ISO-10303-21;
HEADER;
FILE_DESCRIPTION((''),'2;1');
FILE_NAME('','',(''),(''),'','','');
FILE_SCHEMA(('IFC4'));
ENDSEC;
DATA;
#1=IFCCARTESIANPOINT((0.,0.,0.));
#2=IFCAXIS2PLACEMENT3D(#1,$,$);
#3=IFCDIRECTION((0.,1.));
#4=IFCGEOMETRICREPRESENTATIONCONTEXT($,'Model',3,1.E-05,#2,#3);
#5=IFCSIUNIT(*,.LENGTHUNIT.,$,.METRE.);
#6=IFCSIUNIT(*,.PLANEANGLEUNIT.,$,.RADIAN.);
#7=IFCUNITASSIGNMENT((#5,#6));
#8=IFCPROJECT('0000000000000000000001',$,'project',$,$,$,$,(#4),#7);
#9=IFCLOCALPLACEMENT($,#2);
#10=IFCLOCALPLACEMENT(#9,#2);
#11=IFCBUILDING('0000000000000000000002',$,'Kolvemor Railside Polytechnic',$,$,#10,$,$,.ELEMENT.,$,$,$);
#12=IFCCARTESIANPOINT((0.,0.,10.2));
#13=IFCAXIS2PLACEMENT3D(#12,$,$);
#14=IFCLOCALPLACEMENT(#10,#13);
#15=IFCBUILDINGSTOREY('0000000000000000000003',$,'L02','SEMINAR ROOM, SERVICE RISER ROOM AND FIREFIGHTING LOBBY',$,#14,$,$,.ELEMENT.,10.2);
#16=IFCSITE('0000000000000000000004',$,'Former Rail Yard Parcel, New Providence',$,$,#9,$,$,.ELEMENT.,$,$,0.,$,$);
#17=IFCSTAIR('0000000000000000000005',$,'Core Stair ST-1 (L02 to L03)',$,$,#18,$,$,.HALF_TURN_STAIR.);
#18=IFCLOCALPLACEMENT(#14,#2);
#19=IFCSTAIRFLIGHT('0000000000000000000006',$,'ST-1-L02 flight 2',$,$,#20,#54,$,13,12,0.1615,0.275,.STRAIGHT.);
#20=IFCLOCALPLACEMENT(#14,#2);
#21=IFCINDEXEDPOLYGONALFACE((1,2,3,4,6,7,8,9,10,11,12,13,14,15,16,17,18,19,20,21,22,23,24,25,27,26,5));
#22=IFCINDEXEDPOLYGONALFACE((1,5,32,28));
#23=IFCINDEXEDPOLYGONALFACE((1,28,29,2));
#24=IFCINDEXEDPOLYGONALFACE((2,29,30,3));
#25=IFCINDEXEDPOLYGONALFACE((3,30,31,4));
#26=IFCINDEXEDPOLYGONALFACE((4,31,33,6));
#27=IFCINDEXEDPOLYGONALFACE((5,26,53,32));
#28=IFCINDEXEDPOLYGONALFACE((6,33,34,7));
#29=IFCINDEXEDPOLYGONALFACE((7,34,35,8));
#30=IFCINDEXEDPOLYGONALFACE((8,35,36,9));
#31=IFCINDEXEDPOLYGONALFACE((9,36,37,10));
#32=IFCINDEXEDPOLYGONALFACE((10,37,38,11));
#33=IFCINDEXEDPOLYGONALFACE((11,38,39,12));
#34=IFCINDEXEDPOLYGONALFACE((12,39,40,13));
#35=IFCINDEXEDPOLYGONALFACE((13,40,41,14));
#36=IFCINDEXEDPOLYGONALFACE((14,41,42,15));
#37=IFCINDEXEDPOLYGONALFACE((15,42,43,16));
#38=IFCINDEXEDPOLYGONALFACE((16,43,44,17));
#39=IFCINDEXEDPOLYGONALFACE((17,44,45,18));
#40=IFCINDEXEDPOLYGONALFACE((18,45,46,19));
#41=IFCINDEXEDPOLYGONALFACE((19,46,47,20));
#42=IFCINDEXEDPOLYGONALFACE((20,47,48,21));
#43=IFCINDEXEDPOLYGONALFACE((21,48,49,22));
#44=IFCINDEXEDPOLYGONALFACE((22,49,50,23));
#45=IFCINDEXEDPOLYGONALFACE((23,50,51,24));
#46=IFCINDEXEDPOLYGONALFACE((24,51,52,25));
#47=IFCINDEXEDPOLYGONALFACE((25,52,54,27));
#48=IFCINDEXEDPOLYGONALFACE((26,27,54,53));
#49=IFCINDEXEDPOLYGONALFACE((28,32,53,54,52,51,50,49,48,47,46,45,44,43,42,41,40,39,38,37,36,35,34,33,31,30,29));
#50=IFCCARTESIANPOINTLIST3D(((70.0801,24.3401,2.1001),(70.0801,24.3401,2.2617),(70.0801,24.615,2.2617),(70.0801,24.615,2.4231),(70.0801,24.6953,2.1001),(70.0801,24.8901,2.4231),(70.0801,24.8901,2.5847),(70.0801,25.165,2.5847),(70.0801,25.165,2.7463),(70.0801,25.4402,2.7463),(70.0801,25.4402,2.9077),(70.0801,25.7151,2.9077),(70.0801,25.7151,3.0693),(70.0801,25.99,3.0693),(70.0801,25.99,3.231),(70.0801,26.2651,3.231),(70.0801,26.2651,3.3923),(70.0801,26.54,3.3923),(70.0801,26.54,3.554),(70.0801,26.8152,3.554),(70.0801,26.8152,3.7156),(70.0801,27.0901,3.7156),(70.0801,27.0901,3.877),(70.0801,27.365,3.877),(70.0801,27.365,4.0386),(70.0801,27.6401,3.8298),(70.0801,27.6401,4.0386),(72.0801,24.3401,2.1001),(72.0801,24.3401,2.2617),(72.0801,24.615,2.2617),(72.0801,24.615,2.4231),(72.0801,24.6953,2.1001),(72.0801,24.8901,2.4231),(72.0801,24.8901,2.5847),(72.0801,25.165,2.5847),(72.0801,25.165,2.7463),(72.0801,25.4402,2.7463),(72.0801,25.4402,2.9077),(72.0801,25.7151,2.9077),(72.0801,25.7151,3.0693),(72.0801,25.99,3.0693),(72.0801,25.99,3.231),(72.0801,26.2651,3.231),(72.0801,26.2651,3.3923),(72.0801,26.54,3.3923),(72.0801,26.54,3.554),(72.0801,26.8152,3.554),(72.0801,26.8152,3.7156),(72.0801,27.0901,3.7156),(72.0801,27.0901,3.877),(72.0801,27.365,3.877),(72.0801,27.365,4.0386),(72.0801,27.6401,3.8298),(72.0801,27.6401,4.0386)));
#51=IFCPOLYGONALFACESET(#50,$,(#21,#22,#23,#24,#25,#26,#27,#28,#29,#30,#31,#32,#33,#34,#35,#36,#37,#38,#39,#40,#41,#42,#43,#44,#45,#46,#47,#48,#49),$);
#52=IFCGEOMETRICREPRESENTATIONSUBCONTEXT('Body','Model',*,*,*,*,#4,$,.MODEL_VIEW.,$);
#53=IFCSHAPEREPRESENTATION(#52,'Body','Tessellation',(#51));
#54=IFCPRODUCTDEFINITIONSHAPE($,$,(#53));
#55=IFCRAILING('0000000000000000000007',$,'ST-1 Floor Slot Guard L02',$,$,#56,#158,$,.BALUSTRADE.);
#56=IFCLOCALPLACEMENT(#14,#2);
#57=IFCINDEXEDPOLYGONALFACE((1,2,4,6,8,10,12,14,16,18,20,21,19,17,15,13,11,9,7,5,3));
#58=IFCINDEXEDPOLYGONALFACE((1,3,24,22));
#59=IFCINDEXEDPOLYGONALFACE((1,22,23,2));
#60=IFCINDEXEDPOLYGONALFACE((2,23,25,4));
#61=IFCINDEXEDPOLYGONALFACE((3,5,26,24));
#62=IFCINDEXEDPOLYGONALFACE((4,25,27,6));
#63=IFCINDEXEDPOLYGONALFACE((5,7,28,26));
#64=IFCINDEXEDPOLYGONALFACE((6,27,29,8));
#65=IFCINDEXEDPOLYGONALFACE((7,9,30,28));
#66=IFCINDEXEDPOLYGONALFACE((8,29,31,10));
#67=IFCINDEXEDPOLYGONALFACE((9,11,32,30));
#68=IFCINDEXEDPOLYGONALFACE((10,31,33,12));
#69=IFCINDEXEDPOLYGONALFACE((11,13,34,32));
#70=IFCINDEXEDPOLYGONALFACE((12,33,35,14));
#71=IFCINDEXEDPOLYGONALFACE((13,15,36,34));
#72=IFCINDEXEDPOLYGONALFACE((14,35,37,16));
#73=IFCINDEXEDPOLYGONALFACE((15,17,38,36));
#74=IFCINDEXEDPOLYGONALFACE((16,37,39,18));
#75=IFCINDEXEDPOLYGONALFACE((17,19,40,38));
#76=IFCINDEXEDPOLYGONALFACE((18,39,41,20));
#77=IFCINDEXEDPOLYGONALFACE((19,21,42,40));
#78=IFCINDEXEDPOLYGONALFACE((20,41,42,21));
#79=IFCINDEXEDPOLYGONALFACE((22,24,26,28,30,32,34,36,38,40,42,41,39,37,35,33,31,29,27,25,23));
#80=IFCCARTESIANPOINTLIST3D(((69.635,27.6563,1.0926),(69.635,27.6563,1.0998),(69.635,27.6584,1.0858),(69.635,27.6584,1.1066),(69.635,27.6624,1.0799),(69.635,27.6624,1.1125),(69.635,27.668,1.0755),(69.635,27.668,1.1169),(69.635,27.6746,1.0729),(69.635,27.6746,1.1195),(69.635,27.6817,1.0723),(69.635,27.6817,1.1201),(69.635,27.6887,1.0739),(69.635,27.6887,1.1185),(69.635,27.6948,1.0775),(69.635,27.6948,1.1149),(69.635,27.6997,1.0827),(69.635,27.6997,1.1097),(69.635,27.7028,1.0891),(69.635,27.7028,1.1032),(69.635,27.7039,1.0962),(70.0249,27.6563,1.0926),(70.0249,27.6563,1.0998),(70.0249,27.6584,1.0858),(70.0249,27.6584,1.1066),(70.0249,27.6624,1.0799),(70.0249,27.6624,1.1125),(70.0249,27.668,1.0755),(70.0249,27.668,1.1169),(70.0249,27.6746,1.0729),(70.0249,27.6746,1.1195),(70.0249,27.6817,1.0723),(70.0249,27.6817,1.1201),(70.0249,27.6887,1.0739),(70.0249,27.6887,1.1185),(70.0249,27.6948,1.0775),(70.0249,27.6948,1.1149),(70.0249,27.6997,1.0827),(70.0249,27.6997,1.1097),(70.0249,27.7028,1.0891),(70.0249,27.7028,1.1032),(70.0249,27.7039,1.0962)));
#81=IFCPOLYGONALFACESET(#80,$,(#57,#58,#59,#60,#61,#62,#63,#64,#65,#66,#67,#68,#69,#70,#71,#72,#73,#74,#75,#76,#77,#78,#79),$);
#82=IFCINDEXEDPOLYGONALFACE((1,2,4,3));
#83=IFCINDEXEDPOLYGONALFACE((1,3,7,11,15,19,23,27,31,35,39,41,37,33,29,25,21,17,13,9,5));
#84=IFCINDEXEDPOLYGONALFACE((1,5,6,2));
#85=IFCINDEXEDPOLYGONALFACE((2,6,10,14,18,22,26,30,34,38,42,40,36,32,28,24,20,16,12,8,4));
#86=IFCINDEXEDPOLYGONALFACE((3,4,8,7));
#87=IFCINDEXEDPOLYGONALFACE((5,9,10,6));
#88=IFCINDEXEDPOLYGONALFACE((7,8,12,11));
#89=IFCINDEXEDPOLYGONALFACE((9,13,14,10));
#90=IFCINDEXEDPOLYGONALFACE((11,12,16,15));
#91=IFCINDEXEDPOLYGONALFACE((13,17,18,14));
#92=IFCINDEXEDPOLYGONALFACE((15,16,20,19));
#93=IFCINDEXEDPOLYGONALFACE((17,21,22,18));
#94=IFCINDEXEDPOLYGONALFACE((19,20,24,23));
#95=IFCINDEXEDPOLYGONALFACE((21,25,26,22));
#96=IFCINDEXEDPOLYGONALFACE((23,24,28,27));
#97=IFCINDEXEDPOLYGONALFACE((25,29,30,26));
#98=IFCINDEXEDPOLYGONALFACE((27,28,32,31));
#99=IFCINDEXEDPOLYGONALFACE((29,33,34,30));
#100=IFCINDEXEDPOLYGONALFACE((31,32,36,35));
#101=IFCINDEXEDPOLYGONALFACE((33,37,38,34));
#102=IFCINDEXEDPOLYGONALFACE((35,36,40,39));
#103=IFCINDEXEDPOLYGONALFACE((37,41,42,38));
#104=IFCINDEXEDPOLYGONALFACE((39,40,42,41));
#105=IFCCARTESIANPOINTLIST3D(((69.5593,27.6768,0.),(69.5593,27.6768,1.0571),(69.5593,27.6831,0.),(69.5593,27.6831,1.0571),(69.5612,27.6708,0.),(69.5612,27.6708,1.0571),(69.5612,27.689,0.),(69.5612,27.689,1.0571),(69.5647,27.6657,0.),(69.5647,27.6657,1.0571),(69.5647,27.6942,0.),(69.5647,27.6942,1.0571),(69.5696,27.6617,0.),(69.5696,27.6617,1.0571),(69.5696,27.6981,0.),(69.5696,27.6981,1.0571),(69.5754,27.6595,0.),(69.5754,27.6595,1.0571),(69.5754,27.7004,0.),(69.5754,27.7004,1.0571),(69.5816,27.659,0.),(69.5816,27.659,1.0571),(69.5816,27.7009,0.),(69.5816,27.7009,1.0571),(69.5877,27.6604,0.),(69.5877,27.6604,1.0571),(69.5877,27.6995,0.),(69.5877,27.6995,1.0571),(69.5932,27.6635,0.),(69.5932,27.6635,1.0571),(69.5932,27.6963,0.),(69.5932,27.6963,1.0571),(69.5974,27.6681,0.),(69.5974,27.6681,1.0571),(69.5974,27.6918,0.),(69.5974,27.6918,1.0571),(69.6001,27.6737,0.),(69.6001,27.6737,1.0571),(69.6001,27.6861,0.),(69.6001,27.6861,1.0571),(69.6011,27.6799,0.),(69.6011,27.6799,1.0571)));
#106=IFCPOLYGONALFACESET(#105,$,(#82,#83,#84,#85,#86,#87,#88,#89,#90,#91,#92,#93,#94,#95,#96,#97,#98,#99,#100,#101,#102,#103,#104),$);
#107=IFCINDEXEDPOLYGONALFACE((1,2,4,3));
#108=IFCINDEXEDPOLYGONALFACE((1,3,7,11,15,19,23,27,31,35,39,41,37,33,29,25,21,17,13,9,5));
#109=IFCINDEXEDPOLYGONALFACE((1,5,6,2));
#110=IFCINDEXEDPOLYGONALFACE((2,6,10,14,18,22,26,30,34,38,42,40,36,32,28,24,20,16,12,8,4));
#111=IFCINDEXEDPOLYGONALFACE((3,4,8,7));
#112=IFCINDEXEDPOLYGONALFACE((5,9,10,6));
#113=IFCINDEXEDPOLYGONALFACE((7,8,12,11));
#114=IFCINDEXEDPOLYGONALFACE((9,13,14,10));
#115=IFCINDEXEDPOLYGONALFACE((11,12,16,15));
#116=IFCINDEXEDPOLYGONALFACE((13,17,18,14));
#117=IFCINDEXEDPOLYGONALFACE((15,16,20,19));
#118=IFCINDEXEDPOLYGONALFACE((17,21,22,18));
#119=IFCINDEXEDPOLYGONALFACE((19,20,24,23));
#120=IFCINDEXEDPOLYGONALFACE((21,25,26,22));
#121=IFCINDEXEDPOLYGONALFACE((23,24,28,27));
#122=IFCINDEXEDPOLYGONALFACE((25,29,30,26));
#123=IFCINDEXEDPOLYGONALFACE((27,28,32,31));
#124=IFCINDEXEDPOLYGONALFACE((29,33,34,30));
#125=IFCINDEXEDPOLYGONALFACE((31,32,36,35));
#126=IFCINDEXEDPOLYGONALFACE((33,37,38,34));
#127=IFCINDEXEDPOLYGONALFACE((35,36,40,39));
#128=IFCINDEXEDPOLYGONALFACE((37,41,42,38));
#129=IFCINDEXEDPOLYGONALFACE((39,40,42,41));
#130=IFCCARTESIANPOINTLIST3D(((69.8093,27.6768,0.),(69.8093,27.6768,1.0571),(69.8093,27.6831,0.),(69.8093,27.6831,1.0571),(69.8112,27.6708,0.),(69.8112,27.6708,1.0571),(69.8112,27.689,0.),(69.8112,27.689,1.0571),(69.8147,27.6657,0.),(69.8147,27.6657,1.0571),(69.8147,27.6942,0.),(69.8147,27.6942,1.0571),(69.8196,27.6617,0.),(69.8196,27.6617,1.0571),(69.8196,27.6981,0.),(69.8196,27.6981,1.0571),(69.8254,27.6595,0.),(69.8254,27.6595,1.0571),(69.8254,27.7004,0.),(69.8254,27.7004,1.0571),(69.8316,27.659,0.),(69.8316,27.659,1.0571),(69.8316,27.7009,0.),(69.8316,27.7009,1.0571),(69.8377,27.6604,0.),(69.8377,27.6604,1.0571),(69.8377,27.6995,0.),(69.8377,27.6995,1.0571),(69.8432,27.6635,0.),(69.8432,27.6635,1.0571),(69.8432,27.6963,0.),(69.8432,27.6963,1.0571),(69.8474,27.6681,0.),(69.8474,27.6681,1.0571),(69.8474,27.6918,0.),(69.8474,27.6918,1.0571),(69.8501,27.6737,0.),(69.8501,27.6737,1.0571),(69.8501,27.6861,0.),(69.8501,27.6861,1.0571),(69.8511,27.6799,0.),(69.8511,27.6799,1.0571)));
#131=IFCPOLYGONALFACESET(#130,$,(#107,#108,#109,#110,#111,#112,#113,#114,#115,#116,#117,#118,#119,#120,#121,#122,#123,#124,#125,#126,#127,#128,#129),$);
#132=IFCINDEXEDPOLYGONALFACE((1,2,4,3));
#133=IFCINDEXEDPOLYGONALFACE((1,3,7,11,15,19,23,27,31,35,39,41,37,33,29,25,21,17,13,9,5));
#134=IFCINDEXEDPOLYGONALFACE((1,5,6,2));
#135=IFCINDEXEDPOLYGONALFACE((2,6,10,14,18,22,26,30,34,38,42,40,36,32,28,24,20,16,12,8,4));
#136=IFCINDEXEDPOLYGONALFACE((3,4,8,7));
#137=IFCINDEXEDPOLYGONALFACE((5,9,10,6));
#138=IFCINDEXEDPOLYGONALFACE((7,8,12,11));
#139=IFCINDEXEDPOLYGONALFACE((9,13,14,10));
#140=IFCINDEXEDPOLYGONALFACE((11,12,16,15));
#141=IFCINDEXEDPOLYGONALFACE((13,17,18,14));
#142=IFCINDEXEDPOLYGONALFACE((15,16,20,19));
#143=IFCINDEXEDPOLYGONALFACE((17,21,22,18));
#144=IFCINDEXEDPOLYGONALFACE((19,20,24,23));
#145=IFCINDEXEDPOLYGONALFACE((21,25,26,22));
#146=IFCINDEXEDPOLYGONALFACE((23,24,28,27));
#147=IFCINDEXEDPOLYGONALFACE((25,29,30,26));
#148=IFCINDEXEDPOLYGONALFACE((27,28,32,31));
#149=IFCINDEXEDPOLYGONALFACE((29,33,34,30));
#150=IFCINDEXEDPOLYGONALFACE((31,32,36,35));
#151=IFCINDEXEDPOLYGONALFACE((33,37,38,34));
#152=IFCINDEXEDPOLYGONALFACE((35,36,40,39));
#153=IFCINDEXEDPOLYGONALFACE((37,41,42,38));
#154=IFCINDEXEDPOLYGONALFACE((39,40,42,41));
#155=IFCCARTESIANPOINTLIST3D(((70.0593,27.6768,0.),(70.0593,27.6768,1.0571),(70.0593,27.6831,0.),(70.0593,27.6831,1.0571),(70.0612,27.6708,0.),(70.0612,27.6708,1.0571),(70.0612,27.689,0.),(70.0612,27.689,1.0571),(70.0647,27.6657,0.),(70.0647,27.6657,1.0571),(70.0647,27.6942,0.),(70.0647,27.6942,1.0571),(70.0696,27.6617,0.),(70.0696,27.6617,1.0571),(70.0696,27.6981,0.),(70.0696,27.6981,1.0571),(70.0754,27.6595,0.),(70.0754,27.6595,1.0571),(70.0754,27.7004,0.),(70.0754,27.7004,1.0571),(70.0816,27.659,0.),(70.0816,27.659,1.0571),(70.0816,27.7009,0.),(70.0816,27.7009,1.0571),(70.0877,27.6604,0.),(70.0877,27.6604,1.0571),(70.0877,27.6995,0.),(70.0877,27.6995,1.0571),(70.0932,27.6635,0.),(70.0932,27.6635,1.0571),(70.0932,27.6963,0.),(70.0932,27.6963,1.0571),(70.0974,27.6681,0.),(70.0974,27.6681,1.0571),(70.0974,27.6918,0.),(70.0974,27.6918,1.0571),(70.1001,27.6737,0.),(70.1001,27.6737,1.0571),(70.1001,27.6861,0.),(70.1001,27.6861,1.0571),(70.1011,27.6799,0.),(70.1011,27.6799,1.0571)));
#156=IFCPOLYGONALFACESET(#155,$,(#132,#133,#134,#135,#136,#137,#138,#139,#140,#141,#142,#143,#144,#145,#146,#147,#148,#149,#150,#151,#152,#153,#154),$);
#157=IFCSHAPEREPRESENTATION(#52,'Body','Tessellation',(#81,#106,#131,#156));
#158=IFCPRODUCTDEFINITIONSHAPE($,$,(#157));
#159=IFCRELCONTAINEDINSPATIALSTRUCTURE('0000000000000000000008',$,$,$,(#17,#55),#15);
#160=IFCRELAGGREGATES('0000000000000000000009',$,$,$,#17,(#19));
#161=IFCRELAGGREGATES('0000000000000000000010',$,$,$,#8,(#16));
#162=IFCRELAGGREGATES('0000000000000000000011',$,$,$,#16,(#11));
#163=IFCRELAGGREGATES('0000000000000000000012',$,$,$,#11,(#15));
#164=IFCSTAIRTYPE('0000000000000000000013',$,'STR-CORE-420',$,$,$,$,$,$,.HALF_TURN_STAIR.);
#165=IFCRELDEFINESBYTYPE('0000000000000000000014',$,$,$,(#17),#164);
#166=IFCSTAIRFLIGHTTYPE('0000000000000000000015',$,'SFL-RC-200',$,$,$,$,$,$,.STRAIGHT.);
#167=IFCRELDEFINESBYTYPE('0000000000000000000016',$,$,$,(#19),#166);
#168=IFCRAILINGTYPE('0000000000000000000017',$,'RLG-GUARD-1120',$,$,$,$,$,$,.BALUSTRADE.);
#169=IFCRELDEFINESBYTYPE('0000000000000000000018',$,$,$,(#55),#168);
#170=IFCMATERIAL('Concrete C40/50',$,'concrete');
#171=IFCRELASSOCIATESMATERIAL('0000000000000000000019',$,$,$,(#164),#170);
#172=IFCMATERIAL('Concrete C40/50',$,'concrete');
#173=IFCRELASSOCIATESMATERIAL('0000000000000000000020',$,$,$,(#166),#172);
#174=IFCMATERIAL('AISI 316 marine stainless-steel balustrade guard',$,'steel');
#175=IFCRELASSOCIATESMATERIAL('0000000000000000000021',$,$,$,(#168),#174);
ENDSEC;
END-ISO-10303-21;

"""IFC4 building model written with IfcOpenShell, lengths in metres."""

from ifc_helpers import new_model, si_unit, direction, frame, origin, origin_2d, place, context, subcontext, project, spatial, polyline, circle, outline, extrude, material, type_object, element, aggregate, save


model = new_model("IFC4")

# Units and contexts
model_context = context("Model", 3, precision=1e-05, world=origin(), true_north=direction((0.0, 1.0)))
body_context = subcontext(model_context, "Body", "Model", "MODEL_VIEW")
ifc_project = project(units=[si_unit("LENGTHUNIT", "METRE"), si_unit("PLANEANGLEUNIT", "RADIAN")], contexts=[model_context])

# Site, building, storey
site_placement = place(None, origin())
site = spatial("IfcSite", under=ifc_project, at=site_placement, Name="Former Rail Yard Parcel, New Providence", CompositionType="ELEMENT", RefElevation=0.0)
building_placement = place(site_placement, origin())
building = spatial("IfcBuilding", under=site, at=building_placement, Name="Kolvemor Railside Polytechnic", CompositionType="ELEMENT")
storey_placement = place(building_placement, frame((0.0, 0.0, 10.2)))
storey = spatial("IfcBuildingStorey", under=building, at=storey_placement, Name="L02", Description="SEMINAR ROOM, SERVICE RISER ROOM AND FIREFIGHTING LOBBY", CompositionType="ELEMENT", Elevation=10.2)

# Stair, stair flight
ifc_material_1 = material(Name="Concrete C40/50", Category="concrete")
stair_type = type_object("IfcStairType", Name="STR-CORE-420", PredefinedType="HALF_TURN_STAIR", material=ifc_material_1)
stair_placement = place(storey_placement, origin())
stair = element("IfcStair", 1, at=stair_placement, inside=storey, type_object=stair_type, Name="Core Stair ST-1 (L02 to L03)", PredefinedType="HALF_TURN_STAIR")
ifc_material_2 = material(Name="Concrete C40/50", Category="concrete")
stair_flight_type = type_object("IfcStairFlightType", Name="SFL-RC-200", PredefinedType="STRAIGHT", material=ifc_material_2)
stair_flight_1_placement = place(storey_placement, frame((71.0801, 24.3401, 2.1001), z_axis=(0.0, 0.0, 1.0), x_axis=(0.0, 1.0, 0.0)))
stair_flight_1 = element("IfcStairFlight", 2, at=stair_flight_1_placement, type_object=stair_flight_type, Name="ST-1-L02 flight 2", NumberOfRisers=13, NumberOfTreads=12, PredefinedType="STRAIGHT", RiserHeight=0.1615, TreadLength=0.275, context=body_context, shape_type="SweptSolid", body=[
    extrude(outline(polyline([(0.0, 0.0), (0.0, 0.1616), (0.2749, 0.1616), (0.2749, 0.323), (0.55, 0.323), (0.55, 0.4846), (0.825, 0.4846), (0.825, 0.6462), (1.1001, 0.6462), (1.1001, 0.8076), (1.375, 0.8076), (1.375, 0.9692), (1.6499, 0.9692), (1.6499, 1.1309), (1.925, 1.1309), (1.925, 1.2922), (2.2, 1.2922), (2.2, 1.4539), (2.4751, 1.4539), (2.4751, 1.6155), (2.75, 1.6155), (2.75, 1.7769), (3.0249, 1.7769), (3.0249, 1.9385), (3.3, 1.9385), (3.3, 2.1001), (3.3, 1.7297), (0.3552, 0.0), (0.0, 0.0)])), frame((0.0, 1.0, 0.0), z_axis=(0.0, -1.0, 0.0), x_axis=(1.0, 0.0, 0.0)), (0.0, 0.0, 1.0), 2.0),
])
aggregate(stair, [stair_flight_1])

# Railing
ifc_material_3 = material(Name="AISI 316 marine stainless-steel balustrade guard", Category="steel")
railing_type_1 = type_object("IfcRailingType", Name="RLG-GUARD-1120", PredefinedType="BALUSTRADE", material=ifc_material_3)
railing_1_placement = place(storey_placement, frame((69.5801, 27.6799, 0.0)))
element("IfcRailing", 3, at=railing_1_placement, inside=storey, type_object=railing_type_1, Name="ST-1 Floor Slot Guard L02", PredefinedType="BALUSTRADE", context=body_context, shape_type="SweptSolid", body=[
    extrude(circle(Radius=0.0239, at=origin_2d()), frame((0.0549, 0.0, 1.0962), z_axis=(1.0, 0.0, 0.0), x_axis=(0.0, 1.0, 0.0)), (0.0, 0.0, 1.0), 0.3899),
    extrude(circle(Radius=0.021, at=origin_2d()), origin(), (0.0, 0.0, 1.0), 1.0571),
    extrude(circle(Radius=0.021, at=origin_2d()), frame((0.25, 0.0, 0.0)), (0.0, 0.0, 1.0), 1.0571),
    extrude(circle(Radius=0.021, at=origin_2d()), frame((0.5, 0.0, 0.0)), (0.0, 0.0, 1.0), 1.0571),
])

save(model, "model.ifc")
